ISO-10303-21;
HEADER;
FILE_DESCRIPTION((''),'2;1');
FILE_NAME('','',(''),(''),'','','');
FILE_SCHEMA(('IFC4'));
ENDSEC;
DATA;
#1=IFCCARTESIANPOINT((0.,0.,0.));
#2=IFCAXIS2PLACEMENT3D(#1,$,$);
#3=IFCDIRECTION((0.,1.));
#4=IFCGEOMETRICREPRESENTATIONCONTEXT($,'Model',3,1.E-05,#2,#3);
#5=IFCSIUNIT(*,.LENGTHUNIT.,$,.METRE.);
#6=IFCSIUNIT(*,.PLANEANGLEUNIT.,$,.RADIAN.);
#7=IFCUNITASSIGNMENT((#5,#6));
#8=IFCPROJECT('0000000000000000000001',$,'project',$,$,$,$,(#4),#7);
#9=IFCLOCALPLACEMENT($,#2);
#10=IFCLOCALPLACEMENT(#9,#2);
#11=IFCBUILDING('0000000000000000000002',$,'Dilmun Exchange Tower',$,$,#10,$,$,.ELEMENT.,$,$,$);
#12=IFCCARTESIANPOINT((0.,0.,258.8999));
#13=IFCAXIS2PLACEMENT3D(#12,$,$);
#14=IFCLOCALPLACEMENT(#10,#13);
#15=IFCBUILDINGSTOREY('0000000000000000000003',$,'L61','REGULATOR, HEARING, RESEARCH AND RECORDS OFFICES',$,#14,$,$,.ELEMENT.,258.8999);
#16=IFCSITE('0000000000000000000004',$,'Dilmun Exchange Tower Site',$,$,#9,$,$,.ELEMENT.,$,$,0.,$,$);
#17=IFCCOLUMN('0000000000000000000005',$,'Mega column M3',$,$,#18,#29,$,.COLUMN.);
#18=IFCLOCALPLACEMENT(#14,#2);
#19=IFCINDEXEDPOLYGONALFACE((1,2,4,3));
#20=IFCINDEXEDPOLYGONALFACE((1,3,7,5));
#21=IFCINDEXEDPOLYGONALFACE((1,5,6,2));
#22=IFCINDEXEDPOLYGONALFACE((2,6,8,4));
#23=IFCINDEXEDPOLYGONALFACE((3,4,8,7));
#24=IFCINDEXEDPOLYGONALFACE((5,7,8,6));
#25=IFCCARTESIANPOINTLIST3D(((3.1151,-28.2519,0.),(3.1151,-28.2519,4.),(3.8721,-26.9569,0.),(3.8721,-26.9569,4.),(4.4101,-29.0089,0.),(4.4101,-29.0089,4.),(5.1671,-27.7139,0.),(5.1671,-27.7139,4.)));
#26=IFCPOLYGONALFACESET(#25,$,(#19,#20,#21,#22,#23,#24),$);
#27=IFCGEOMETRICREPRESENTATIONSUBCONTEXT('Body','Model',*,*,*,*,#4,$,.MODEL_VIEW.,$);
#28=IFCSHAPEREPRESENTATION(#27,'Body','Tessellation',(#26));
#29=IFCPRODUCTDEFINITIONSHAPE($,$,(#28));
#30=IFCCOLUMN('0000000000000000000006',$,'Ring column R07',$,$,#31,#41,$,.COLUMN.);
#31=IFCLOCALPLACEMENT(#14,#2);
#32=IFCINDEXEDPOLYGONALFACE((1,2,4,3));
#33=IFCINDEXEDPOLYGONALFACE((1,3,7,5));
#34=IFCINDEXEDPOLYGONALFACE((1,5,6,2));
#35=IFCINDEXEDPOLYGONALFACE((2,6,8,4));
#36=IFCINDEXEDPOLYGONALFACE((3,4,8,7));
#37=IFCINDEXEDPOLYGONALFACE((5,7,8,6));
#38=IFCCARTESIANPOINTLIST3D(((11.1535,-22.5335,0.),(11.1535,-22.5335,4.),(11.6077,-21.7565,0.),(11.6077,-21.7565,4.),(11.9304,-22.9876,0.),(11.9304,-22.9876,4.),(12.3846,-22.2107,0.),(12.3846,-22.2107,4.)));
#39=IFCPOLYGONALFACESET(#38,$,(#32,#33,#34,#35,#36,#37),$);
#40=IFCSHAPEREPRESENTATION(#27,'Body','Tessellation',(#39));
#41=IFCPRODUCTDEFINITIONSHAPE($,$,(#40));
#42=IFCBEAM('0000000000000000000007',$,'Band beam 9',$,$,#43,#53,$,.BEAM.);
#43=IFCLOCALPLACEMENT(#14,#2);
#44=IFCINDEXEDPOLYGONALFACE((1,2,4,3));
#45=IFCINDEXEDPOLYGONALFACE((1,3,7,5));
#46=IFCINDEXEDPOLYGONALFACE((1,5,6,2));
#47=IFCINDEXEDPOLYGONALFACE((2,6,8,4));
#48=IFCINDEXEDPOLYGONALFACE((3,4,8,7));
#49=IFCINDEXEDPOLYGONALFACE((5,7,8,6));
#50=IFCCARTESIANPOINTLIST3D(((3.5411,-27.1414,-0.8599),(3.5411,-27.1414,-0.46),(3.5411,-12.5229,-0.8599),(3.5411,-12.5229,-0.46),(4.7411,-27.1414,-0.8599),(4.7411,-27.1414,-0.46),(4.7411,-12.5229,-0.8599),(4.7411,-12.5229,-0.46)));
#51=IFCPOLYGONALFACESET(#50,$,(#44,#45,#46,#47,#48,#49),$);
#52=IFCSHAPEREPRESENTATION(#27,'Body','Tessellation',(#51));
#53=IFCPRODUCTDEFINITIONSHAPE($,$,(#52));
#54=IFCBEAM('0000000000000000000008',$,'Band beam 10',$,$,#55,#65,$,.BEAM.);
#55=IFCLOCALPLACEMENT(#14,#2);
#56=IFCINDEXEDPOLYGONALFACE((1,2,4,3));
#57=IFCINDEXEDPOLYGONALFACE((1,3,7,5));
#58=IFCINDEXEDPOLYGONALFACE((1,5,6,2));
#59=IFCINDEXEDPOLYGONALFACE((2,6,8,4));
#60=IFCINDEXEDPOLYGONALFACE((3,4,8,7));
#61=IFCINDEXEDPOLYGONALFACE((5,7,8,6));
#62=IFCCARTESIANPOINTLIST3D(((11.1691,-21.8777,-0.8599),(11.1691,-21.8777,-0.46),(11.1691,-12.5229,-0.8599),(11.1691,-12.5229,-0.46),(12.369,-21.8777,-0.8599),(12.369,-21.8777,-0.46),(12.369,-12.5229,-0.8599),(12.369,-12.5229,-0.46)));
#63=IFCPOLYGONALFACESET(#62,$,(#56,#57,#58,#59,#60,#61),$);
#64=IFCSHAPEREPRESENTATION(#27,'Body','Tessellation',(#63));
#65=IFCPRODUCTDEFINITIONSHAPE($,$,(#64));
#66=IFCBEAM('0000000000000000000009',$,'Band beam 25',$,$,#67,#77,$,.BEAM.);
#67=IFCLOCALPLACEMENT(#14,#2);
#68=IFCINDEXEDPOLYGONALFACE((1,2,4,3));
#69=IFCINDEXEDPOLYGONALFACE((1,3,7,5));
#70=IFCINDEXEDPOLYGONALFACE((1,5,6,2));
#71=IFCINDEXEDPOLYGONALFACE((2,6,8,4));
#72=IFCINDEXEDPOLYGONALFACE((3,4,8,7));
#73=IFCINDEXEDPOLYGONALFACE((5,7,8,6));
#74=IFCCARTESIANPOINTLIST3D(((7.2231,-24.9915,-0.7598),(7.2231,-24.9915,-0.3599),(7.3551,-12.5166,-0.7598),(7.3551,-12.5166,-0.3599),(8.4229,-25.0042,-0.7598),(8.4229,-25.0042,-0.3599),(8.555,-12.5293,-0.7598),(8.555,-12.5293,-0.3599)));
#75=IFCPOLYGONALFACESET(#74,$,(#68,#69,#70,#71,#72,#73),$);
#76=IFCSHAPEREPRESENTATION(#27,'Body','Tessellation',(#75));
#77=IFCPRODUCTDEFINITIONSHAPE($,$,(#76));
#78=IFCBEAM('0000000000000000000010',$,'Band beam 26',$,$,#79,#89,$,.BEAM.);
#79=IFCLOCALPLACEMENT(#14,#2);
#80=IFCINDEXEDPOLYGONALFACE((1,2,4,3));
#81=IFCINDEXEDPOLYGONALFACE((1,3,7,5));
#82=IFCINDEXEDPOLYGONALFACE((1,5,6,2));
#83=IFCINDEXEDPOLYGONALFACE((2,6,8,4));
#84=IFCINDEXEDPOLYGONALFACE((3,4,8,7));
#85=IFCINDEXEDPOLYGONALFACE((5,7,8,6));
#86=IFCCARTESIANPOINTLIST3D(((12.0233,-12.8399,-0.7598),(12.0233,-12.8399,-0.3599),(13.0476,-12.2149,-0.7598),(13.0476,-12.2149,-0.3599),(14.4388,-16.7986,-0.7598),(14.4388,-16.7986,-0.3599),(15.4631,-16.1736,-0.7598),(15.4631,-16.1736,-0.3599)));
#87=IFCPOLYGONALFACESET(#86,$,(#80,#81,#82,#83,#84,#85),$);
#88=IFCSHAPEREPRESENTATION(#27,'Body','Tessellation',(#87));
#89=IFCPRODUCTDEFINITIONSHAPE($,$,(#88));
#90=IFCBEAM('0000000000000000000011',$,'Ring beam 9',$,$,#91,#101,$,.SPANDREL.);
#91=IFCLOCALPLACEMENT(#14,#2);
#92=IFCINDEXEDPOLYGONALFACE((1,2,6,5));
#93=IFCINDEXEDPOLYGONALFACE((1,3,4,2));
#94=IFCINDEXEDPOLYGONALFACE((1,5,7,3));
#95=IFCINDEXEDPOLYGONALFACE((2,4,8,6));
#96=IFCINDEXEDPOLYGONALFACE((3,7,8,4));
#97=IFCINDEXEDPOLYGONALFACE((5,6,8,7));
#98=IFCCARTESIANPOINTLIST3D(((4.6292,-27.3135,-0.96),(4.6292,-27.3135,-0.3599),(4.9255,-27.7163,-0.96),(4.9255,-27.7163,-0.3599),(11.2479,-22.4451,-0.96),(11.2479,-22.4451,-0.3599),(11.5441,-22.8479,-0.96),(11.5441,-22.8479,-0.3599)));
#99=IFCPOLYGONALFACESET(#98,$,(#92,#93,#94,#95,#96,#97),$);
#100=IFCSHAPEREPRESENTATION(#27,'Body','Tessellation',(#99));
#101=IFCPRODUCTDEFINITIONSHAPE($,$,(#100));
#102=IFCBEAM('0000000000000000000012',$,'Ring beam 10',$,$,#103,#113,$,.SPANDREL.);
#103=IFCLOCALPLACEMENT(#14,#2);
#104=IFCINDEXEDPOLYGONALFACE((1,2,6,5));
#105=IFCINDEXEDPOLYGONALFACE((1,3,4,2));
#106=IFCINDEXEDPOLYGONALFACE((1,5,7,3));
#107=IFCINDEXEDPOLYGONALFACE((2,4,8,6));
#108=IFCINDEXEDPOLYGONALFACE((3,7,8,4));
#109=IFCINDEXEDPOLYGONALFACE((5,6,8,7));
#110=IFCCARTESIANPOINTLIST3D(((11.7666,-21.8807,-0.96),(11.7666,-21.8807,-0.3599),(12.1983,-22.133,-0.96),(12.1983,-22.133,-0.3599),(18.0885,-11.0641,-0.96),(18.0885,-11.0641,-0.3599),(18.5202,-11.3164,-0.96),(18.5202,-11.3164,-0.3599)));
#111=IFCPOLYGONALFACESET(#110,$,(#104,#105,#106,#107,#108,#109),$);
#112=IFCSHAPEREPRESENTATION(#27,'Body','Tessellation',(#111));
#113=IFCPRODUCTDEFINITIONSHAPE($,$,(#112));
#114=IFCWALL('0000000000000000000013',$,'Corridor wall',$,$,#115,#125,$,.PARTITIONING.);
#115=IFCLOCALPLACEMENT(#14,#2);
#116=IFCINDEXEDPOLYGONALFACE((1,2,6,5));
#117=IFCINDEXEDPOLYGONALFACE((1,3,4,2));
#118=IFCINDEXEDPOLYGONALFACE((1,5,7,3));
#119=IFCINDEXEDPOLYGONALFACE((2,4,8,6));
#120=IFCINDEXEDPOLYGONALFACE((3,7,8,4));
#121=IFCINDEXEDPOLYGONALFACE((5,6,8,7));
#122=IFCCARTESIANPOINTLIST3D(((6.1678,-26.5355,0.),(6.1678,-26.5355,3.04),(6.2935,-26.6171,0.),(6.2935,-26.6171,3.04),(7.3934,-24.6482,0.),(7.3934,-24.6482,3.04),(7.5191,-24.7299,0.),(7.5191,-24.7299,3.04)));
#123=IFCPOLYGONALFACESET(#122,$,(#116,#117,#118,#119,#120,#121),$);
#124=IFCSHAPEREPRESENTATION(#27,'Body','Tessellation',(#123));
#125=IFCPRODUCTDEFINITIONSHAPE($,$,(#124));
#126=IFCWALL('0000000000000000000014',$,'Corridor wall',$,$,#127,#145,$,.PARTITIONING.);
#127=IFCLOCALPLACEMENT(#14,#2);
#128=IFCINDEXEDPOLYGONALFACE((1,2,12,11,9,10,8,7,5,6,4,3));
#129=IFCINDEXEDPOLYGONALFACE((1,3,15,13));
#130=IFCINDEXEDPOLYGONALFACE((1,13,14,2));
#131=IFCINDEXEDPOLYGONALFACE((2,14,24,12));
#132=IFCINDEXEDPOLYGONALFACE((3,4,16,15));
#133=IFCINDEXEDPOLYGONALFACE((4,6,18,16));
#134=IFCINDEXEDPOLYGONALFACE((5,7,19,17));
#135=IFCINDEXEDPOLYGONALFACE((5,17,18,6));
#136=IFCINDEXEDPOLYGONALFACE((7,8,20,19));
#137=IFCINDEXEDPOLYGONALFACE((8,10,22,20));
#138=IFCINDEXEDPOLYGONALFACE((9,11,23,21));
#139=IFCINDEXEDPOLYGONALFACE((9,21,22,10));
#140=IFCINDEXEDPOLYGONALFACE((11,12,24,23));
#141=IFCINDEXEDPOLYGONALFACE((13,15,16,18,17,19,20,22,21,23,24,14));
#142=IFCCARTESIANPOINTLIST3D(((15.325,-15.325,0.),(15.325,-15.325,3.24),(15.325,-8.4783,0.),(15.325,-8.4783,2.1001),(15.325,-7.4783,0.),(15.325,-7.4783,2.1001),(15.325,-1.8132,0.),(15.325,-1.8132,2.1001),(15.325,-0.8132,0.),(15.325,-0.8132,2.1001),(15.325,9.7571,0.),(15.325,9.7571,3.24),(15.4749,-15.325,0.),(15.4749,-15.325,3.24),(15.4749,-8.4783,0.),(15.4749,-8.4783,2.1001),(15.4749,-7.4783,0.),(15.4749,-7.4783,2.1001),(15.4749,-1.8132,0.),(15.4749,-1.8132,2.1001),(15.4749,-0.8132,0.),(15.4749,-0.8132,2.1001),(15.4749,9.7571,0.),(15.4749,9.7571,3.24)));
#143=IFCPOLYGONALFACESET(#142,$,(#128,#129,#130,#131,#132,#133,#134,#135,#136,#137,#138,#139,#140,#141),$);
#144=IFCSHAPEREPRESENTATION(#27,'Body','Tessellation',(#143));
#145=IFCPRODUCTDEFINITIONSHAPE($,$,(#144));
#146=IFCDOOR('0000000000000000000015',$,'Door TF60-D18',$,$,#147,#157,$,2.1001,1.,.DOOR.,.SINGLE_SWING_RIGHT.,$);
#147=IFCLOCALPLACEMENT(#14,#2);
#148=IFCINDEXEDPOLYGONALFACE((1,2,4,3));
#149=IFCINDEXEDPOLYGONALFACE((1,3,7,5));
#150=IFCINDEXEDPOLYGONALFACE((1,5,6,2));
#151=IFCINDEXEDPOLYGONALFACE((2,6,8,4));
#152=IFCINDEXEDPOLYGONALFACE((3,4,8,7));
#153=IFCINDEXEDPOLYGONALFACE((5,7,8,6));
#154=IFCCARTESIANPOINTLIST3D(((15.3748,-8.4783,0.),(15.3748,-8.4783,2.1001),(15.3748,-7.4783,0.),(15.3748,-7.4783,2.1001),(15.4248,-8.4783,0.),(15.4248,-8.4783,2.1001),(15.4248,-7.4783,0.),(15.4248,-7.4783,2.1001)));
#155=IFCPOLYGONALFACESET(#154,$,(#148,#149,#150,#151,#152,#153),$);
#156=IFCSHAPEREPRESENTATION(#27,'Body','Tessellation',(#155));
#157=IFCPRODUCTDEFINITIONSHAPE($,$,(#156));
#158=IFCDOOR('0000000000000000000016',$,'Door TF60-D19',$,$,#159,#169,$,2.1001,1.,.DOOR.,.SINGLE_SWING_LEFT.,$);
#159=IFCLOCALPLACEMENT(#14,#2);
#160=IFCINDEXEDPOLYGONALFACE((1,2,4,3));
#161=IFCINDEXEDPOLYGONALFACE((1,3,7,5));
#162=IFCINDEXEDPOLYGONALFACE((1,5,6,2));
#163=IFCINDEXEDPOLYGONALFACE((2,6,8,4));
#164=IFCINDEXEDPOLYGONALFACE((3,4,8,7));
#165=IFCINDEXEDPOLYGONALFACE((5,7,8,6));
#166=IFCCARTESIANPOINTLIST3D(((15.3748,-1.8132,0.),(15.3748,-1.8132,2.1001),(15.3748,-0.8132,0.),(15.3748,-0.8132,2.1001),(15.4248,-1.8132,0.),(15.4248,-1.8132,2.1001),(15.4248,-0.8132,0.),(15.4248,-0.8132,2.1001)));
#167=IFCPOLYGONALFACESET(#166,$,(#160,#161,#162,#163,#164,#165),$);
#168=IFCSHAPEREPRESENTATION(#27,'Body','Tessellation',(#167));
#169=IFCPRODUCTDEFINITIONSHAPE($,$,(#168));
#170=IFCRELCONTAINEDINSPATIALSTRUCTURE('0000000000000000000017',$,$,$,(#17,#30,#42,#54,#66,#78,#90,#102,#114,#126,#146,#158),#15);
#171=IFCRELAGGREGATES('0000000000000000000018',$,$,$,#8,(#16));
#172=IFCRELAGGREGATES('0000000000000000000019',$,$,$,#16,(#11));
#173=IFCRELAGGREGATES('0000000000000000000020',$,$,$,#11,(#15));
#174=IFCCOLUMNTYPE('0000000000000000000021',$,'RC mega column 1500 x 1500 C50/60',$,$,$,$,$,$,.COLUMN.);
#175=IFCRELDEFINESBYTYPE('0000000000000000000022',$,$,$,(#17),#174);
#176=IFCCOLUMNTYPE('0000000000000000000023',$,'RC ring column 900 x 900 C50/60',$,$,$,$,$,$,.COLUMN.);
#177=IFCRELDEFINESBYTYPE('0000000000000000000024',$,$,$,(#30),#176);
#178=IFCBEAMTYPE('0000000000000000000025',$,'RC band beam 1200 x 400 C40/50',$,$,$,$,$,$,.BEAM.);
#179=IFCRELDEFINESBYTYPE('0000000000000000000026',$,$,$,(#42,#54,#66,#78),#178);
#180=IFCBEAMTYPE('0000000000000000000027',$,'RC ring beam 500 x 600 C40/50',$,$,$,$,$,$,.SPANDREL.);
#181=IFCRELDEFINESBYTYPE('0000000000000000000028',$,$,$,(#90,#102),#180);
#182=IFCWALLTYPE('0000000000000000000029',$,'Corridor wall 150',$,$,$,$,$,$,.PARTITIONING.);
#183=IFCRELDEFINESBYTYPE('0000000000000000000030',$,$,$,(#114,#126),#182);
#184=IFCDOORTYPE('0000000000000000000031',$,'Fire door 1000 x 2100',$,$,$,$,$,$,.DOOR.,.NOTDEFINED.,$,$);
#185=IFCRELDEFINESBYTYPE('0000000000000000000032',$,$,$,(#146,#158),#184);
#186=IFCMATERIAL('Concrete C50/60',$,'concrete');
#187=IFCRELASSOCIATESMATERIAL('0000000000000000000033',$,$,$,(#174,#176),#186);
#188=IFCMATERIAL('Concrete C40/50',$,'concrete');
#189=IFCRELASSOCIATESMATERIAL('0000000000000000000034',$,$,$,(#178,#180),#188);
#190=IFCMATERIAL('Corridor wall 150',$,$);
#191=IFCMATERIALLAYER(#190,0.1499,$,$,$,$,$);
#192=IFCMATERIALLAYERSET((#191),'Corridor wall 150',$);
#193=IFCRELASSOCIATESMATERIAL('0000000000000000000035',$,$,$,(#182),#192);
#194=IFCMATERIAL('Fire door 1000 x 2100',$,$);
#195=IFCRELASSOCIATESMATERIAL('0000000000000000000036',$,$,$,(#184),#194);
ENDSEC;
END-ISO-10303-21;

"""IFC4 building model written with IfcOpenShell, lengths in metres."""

from ifc_helpers import new_model, si_unit, direction, frame, frame_2d, origin, origin_2d, place, context, subcontext, project, spatial, rectangle, extrude, material, layer, layer_set, material_profile, profile_set, type_object, element, fill, save


model = new_model("IFC4")

# Units and contexts
model_context = context("Model", 3, precision=1e-05, world=origin(), true_north=direction((0.0, 1.0)))
body_context = subcontext(model_context, "Body", "Model", "MODEL_VIEW")
ifc_project = project(units=[si_unit("LENGTHUNIT", "METRE"), si_unit("PLANEANGLEUNIT", "RADIAN")], contexts=[model_context])

# Site, building, storey
site_placement = place(None, origin())
site = spatial("IfcSite", under=ifc_project, at=site_placement, Name="Dilmun Exchange Tower Site", CompositionType="ELEMENT", RefElevation=0.0)
building_placement = place(site_placement, origin())
building = spatial("IfcBuilding", under=site, at=building_placement, Name="Dilmun Exchange Tower", CompositionType="ELEMENT")
storey_placement = place(building_placement, frame((0.0, 0.0, 258.8999)))
storey = spatial("IfcBuildingStorey", under=building, at=storey_placement, Name="L61", Description="REGULATOR, HEARING, RESEARCH AND RECORDS OFFICES", CompositionType="ELEMENT", Elevation=258.8999)

# Columns
ifc_material_1 = material(Name="Concrete C50/60", Category="concrete")
ifc_material_profile_1 = material_profile(ifc_material_1, rectangle(XDim=1.5, YDim=1.5, at=origin_2d()), Name="1500 x 1500")
ifc_profile_set_1 = profile_set([ifc_material_profile_1], Name="Concrete C50/60")
column_type_1 = type_object("IfcColumnType", Name="RC mega column 1500 x 1500 C50/60", PredefinedType="COLUMN", material=ifc_profile_set_1)
column_1_placement = place(storey_placement, frame((4.1411, -27.9829, 0.0), z_axis=(0.0, 0.0, 1.0), x_axis=(0.504644, 0.863328, 0.0)))
element("IfcColumn", 1, at=column_1_placement, inside=storey, type_object=column_type_1, Name="Mega column M3", PredefinedType="COLUMN", context=body_context, shape_type="SweptSolid", body=[
    extrude(rectangle(XDim=1.5, YDim=1.5, at=origin_2d()), origin(), (0.0, 0.0, 1.0), 4.0),
])
ifc_material_profile_2 = material_profile(ifc_material_1, rectangle(XDim=0.8999, YDim=0.8999, at=origin_2d()), Name="900 x 900")
ifc_profile_set_2 = profile_set([ifc_material_profile_2], Name="Concrete C50/60")
column_type_2 = type_object("IfcColumnType", Name="RC ring column 900 x 900 C50/60", PredefinedType="COLUMN", material=ifc_profile_set_2)
column_2_placement = place(storey_placement, frame((11.769, -22.3721, 0.0), z_axis=(0.0, 0.0, 1.0), x_axis=(0.504644, 0.863328, 0.0)))
element("IfcColumn", 2, at=column_2_placement, inside=storey, type_object=column_type_2, Name="Ring column R07", PredefinedType="COLUMN", context=body_context, shape_type="SweptSolid", body=[
    extrude(rectangle(XDim=0.8999, YDim=0.8999, at=origin_2d()), origin(), (0.0, 0.0, 1.0), 4.0),
])

# Beams
ifc_material_2 = material(Name="Concrete C40/50", Category="concrete")
ifc_material_profile_3 = material_profile(ifc_material_2, rectangle(XDim=1.2, YDim=0.3999, at=origin_2d()), Name="1200 x 400")
ifc_profile_set_3 = profile_set([ifc_material_profile_3], Name="Concrete C40/50")
beam_type_1 = type_object("IfcBeamType", Name="RC band beam 1200 x 400 C40/50", PredefinedType="BEAM", material=ifc_profile_set_3)
beam_1_placement = place(storey_placement, frame((4.1411, -27.1414, -0.6599), z_axis=(0.0, 1.0, 0.0), x_axis=(-1.0, 0.0, 0.0)))
element("IfcBeam", 3, at=beam_1_placement, inside=storey, type_object=beam_type_1, Name="Band beam 9", PredefinedType="BEAM", context=body_context, shape_type="SweptSolid", body=[
    extrude(rectangle(XDim=1.2, YDim=0.3999, at=origin_2d()), origin(), (0.0, 0.0, 1.0), 14.6184),
])
beam_2_placement = place(storey_placement, frame((11.769, -21.8777, -0.6599), z_axis=(0.0, 1.0, 0.0), x_axis=(-1.0, 0.0, 0.0)))
element("IfcBeam", 4, at=beam_2_placement, inside=storey, type_object=beam_type_1, Name="Band beam 10", PredefinedType="BEAM", context=body_context, shape_type="SweptSolid", body=[
    extrude(rectangle(XDim=1.2, YDim=0.3999, at=origin_2d()), origin(), (0.0, 0.0, 1.0), 9.3547),
])
beam_3_placement = place(storey_placement, frame((7.823, -24.9978, -0.5598), z_axis=(0.010587, 0.999944, 0.0), x_axis=(-0.999944, 0.010587, 0.0)))
element("IfcBeam", 5, at=beam_3_placement, inside=storey, type_object=beam_type_1, Name="Band beam 25", PredefinedType="BEAM", context=body_context, shape_type="SweptSolid", body=[
    extrude(rectangle(XDim=1.2, YDim=0.3999, at=origin_2d()), origin(), (0.0, 0.0, 1.0), 12.4756),
])
beam_4_placement = place(storey_placement, frame((14.9509, -16.4861, -0.5598), z_axis=(-0.520869, 0.853637, 0.0), x_axis=(-0.853637, -0.520869, 0.0)))
element("IfcBeam", 6, at=beam_4_placement, inside=storey, type_object=beam_type_1, Name="Band beam 26", PredefinedType="BEAM", context=body_context, shape_type="SweptSolid", body=[
    extrude(rectangle(XDim=1.2, YDim=0.3999, at=origin_2d()), origin(), (0.0, 0.0, 1.0), 4.6375),
])
ifc_material_profile_4 = material_profile(ifc_material_2, rectangle(XDim=0.5, YDim=0.6001, at=origin_2d()), Name="500 x 600")
ifc_profile_set_4 = profile_set([ifc_material_profile_4], Name="Concrete C40/50")
beam_type_2 = type_object("IfcBeamType", Name="RC ring beam 500 x 600 C40/50", PredefinedType="SPANDREL", material=ifc_profile_set_4)
beam_5_placement = place(storey_placement, frame((4.7773, -27.5149, -0.6599), z_axis=(0.805549, 0.592529, 0.0), x_axis=(-0.592529, 0.805549, 0.0)))
element("IfcBeam", 7, at=beam_5_placement, inside=storey, type_object=beam_type_2, Name="Ring beam 9", PredefinedType="SPANDREL", context=body_context, shape_type="SweptSolid", body=[
    extrude(rectangle(XDim=0.5, YDim=0.6001, at=origin_2d()), origin(), (0.0, 0.0, 1.0), 8.2163),
])
beam_6_placement = place(storey_placement, frame((11.9824, -22.0068, -0.6599), z_axis=(0.504604, 0.863351, 0.0), x_axis=(-0.863351, 0.504604, 0.0)))
element("IfcBeam", 8, at=beam_6_placement, inside=storey, type_object=beam_type_2, Name="Ring beam 10", PredefinedType="SPANDREL", context=body_context, shape_type="SweptSolid", body=[
    extrude(rectangle(XDim=0.5, YDim=0.6001, at=origin_2d()), origin(), (0.0, 0.0, 1.0), 12.5286),
])

# Wall
ifc_material_3 = material(Name="Corridor wall 150")
ifc_layer_1 = layer(ifc_material_3, 0.1499)
ifc_layer_set_1 = layer_set([ifc_layer_1], Name="Corridor wall 150")
wall_type_1 = type_object("IfcWallType", Name="Corridor wall 150", PredefinedType="PARTITIONING", material=ifc_layer_set_1)
wall_1_placement = place(storey_placement, frame((6.2307, -26.5762, 0.0), z_axis=(0.0, 0.0, 1.0), x_axis=(0.544645, 0.838667, 0.0)))
element("IfcWall", 9, at=wall_1_placement, inside=storey, type_object=wall_type_1, Name="Corridor wall", PredefinedType="PARTITIONING", context=body_context, shape_type="SweptSolid", body=[
    extrude(rectangle(XDim=2.2502, YDim=0.1499, at=frame_2d((1.125, 0.0))), origin(), (0.0, 0.0, 1.0), 3.04),
])

# Wall, openings, doors
wall_2_placement = place(storey_placement, frame((15.3999, -15.325, 0.0), z_axis=(0.0, 0.0, 1.0), x_axis=(0.0, 1.0, 0.0)))
wall_2 = element("IfcWall", 10, at=wall_2_placement, inside=storey, type_object=wall_type_1, Name="Corridor wall", PredefinedType="PARTITIONING", context=body_context, shape_type="SweptSolid", body=[
    extrude(rectangle(XDim=25.082, YDim=0.1499, at=frame_2d((12.541, 0.0))), origin(), (0.0, 0.0, 1.0), 3.24),
])
opening_1_placement = place(wall_2_placement, frame((6.8467, 0.0, 0.0)))
opening_1 = element("IfcOpeningElement", 11, at=opening_1_placement, cuts=wall_2, PredefinedType="OPENING", context=body_context, shape_type="SweptSolid", body=[
    extrude(rectangle(XDim=1.0, YDim=2.1001, at=frame_2d((0.5, 1.05))), frame((0.0, 0.085, 0.0), z_axis=(0.0, -1.0, 0.0), x_axis=(1.0, 0.0, 0.0)), (0.0, 0.0, 1.0), 0.1699),
])
opening_2_placement = place(wall_2_placement, frame((13.5117, 0.0, 0.0)))
opening_2 = element("IfcOpeningElement", 12, at=opening_2_placement, cuts=wall_2, PredefinedType="OPENING", context=body_context, shape_type="SweptSolid", body=[
    extrude(rectangle(XDim=1.0, YDim=2.1001, at=frame_2d((0.5, 1.05))), frame((0.0, 0.085, 0.0), z_axis=(0.0, -1.0, 0.0), x_axis=(1.0, 0.0, 0.0)), (0.0, 0.0, 1.0), 0.1699),
])
ifc_material_4 = material(Name="Fire door 1000 x 2100")
door_type = type_object("IfcDoorType", Name="Fire door 1000 x 2100", OperationType="NOTDEFINED", PredefinedType="DOOR", material=ifc_material_4)
door_1_placement = place(opening_1_placement, frame((1.0, 0.0, 0.0), z_axis=(0.0, 0.0, 1.0), x_axis=(-1.0, 0.0, 0.0)))
door_1 = element("IfcDoor", 13, at=door_1_placement, inside=storey, type_object=door_type, Name="Door TF60-D18", OperationType="SINGLE_SWING_RIGHT", OverallHeight=2.1001, OverallWidth=1.0, PredefinedType="DOOR", context=body_context, shape_type="SweptSolid", body=[
    extrude(rectangle(XDim=1.0, YDim=2.1001, at=frame_2d((0.5, 1.05))), frame((0.0, 0.0249, 0.0), z_axis=(0.0, -1.0, 0.0), x_axis=(1.0, 0.0, 0.0)), (0.0, 0.0, 1.0), 0.05),
])
fill(opening_1, door_1)
door_2_placement = place(opening_2_placement, frame((1.0, 0.0, 0.0), z_axis=(0.0, 0.0, 1.0), x_axis=(-1.0, 0.0, 0.0)))
door_2 = element("IfcDoor", 14, at=door_2_placement, inside=storey, type_object=door_type, Name="Door TF60-D19", OperationType="SINGLE_SWING_LEFT", OverallHeight=2.1001, OverallWidth=1.0, PredefinedType="DOOR", context=body_context, shape_type="SweptSolid", body=[
    extrude(rectangle(XDim=1.0, YDim=2.1001, at=frame_2d((0.5, 1.05))), frame((0.0, 0.0249, 0.0), z_axis=(0.0, -1.0, 0.0), x_axis=(1.0, 0.0, 0.0)), (0.0, 0.0, 1.0), 0.05),
])
fill(opening_2, door_2)

save(model, "model.ifc")
